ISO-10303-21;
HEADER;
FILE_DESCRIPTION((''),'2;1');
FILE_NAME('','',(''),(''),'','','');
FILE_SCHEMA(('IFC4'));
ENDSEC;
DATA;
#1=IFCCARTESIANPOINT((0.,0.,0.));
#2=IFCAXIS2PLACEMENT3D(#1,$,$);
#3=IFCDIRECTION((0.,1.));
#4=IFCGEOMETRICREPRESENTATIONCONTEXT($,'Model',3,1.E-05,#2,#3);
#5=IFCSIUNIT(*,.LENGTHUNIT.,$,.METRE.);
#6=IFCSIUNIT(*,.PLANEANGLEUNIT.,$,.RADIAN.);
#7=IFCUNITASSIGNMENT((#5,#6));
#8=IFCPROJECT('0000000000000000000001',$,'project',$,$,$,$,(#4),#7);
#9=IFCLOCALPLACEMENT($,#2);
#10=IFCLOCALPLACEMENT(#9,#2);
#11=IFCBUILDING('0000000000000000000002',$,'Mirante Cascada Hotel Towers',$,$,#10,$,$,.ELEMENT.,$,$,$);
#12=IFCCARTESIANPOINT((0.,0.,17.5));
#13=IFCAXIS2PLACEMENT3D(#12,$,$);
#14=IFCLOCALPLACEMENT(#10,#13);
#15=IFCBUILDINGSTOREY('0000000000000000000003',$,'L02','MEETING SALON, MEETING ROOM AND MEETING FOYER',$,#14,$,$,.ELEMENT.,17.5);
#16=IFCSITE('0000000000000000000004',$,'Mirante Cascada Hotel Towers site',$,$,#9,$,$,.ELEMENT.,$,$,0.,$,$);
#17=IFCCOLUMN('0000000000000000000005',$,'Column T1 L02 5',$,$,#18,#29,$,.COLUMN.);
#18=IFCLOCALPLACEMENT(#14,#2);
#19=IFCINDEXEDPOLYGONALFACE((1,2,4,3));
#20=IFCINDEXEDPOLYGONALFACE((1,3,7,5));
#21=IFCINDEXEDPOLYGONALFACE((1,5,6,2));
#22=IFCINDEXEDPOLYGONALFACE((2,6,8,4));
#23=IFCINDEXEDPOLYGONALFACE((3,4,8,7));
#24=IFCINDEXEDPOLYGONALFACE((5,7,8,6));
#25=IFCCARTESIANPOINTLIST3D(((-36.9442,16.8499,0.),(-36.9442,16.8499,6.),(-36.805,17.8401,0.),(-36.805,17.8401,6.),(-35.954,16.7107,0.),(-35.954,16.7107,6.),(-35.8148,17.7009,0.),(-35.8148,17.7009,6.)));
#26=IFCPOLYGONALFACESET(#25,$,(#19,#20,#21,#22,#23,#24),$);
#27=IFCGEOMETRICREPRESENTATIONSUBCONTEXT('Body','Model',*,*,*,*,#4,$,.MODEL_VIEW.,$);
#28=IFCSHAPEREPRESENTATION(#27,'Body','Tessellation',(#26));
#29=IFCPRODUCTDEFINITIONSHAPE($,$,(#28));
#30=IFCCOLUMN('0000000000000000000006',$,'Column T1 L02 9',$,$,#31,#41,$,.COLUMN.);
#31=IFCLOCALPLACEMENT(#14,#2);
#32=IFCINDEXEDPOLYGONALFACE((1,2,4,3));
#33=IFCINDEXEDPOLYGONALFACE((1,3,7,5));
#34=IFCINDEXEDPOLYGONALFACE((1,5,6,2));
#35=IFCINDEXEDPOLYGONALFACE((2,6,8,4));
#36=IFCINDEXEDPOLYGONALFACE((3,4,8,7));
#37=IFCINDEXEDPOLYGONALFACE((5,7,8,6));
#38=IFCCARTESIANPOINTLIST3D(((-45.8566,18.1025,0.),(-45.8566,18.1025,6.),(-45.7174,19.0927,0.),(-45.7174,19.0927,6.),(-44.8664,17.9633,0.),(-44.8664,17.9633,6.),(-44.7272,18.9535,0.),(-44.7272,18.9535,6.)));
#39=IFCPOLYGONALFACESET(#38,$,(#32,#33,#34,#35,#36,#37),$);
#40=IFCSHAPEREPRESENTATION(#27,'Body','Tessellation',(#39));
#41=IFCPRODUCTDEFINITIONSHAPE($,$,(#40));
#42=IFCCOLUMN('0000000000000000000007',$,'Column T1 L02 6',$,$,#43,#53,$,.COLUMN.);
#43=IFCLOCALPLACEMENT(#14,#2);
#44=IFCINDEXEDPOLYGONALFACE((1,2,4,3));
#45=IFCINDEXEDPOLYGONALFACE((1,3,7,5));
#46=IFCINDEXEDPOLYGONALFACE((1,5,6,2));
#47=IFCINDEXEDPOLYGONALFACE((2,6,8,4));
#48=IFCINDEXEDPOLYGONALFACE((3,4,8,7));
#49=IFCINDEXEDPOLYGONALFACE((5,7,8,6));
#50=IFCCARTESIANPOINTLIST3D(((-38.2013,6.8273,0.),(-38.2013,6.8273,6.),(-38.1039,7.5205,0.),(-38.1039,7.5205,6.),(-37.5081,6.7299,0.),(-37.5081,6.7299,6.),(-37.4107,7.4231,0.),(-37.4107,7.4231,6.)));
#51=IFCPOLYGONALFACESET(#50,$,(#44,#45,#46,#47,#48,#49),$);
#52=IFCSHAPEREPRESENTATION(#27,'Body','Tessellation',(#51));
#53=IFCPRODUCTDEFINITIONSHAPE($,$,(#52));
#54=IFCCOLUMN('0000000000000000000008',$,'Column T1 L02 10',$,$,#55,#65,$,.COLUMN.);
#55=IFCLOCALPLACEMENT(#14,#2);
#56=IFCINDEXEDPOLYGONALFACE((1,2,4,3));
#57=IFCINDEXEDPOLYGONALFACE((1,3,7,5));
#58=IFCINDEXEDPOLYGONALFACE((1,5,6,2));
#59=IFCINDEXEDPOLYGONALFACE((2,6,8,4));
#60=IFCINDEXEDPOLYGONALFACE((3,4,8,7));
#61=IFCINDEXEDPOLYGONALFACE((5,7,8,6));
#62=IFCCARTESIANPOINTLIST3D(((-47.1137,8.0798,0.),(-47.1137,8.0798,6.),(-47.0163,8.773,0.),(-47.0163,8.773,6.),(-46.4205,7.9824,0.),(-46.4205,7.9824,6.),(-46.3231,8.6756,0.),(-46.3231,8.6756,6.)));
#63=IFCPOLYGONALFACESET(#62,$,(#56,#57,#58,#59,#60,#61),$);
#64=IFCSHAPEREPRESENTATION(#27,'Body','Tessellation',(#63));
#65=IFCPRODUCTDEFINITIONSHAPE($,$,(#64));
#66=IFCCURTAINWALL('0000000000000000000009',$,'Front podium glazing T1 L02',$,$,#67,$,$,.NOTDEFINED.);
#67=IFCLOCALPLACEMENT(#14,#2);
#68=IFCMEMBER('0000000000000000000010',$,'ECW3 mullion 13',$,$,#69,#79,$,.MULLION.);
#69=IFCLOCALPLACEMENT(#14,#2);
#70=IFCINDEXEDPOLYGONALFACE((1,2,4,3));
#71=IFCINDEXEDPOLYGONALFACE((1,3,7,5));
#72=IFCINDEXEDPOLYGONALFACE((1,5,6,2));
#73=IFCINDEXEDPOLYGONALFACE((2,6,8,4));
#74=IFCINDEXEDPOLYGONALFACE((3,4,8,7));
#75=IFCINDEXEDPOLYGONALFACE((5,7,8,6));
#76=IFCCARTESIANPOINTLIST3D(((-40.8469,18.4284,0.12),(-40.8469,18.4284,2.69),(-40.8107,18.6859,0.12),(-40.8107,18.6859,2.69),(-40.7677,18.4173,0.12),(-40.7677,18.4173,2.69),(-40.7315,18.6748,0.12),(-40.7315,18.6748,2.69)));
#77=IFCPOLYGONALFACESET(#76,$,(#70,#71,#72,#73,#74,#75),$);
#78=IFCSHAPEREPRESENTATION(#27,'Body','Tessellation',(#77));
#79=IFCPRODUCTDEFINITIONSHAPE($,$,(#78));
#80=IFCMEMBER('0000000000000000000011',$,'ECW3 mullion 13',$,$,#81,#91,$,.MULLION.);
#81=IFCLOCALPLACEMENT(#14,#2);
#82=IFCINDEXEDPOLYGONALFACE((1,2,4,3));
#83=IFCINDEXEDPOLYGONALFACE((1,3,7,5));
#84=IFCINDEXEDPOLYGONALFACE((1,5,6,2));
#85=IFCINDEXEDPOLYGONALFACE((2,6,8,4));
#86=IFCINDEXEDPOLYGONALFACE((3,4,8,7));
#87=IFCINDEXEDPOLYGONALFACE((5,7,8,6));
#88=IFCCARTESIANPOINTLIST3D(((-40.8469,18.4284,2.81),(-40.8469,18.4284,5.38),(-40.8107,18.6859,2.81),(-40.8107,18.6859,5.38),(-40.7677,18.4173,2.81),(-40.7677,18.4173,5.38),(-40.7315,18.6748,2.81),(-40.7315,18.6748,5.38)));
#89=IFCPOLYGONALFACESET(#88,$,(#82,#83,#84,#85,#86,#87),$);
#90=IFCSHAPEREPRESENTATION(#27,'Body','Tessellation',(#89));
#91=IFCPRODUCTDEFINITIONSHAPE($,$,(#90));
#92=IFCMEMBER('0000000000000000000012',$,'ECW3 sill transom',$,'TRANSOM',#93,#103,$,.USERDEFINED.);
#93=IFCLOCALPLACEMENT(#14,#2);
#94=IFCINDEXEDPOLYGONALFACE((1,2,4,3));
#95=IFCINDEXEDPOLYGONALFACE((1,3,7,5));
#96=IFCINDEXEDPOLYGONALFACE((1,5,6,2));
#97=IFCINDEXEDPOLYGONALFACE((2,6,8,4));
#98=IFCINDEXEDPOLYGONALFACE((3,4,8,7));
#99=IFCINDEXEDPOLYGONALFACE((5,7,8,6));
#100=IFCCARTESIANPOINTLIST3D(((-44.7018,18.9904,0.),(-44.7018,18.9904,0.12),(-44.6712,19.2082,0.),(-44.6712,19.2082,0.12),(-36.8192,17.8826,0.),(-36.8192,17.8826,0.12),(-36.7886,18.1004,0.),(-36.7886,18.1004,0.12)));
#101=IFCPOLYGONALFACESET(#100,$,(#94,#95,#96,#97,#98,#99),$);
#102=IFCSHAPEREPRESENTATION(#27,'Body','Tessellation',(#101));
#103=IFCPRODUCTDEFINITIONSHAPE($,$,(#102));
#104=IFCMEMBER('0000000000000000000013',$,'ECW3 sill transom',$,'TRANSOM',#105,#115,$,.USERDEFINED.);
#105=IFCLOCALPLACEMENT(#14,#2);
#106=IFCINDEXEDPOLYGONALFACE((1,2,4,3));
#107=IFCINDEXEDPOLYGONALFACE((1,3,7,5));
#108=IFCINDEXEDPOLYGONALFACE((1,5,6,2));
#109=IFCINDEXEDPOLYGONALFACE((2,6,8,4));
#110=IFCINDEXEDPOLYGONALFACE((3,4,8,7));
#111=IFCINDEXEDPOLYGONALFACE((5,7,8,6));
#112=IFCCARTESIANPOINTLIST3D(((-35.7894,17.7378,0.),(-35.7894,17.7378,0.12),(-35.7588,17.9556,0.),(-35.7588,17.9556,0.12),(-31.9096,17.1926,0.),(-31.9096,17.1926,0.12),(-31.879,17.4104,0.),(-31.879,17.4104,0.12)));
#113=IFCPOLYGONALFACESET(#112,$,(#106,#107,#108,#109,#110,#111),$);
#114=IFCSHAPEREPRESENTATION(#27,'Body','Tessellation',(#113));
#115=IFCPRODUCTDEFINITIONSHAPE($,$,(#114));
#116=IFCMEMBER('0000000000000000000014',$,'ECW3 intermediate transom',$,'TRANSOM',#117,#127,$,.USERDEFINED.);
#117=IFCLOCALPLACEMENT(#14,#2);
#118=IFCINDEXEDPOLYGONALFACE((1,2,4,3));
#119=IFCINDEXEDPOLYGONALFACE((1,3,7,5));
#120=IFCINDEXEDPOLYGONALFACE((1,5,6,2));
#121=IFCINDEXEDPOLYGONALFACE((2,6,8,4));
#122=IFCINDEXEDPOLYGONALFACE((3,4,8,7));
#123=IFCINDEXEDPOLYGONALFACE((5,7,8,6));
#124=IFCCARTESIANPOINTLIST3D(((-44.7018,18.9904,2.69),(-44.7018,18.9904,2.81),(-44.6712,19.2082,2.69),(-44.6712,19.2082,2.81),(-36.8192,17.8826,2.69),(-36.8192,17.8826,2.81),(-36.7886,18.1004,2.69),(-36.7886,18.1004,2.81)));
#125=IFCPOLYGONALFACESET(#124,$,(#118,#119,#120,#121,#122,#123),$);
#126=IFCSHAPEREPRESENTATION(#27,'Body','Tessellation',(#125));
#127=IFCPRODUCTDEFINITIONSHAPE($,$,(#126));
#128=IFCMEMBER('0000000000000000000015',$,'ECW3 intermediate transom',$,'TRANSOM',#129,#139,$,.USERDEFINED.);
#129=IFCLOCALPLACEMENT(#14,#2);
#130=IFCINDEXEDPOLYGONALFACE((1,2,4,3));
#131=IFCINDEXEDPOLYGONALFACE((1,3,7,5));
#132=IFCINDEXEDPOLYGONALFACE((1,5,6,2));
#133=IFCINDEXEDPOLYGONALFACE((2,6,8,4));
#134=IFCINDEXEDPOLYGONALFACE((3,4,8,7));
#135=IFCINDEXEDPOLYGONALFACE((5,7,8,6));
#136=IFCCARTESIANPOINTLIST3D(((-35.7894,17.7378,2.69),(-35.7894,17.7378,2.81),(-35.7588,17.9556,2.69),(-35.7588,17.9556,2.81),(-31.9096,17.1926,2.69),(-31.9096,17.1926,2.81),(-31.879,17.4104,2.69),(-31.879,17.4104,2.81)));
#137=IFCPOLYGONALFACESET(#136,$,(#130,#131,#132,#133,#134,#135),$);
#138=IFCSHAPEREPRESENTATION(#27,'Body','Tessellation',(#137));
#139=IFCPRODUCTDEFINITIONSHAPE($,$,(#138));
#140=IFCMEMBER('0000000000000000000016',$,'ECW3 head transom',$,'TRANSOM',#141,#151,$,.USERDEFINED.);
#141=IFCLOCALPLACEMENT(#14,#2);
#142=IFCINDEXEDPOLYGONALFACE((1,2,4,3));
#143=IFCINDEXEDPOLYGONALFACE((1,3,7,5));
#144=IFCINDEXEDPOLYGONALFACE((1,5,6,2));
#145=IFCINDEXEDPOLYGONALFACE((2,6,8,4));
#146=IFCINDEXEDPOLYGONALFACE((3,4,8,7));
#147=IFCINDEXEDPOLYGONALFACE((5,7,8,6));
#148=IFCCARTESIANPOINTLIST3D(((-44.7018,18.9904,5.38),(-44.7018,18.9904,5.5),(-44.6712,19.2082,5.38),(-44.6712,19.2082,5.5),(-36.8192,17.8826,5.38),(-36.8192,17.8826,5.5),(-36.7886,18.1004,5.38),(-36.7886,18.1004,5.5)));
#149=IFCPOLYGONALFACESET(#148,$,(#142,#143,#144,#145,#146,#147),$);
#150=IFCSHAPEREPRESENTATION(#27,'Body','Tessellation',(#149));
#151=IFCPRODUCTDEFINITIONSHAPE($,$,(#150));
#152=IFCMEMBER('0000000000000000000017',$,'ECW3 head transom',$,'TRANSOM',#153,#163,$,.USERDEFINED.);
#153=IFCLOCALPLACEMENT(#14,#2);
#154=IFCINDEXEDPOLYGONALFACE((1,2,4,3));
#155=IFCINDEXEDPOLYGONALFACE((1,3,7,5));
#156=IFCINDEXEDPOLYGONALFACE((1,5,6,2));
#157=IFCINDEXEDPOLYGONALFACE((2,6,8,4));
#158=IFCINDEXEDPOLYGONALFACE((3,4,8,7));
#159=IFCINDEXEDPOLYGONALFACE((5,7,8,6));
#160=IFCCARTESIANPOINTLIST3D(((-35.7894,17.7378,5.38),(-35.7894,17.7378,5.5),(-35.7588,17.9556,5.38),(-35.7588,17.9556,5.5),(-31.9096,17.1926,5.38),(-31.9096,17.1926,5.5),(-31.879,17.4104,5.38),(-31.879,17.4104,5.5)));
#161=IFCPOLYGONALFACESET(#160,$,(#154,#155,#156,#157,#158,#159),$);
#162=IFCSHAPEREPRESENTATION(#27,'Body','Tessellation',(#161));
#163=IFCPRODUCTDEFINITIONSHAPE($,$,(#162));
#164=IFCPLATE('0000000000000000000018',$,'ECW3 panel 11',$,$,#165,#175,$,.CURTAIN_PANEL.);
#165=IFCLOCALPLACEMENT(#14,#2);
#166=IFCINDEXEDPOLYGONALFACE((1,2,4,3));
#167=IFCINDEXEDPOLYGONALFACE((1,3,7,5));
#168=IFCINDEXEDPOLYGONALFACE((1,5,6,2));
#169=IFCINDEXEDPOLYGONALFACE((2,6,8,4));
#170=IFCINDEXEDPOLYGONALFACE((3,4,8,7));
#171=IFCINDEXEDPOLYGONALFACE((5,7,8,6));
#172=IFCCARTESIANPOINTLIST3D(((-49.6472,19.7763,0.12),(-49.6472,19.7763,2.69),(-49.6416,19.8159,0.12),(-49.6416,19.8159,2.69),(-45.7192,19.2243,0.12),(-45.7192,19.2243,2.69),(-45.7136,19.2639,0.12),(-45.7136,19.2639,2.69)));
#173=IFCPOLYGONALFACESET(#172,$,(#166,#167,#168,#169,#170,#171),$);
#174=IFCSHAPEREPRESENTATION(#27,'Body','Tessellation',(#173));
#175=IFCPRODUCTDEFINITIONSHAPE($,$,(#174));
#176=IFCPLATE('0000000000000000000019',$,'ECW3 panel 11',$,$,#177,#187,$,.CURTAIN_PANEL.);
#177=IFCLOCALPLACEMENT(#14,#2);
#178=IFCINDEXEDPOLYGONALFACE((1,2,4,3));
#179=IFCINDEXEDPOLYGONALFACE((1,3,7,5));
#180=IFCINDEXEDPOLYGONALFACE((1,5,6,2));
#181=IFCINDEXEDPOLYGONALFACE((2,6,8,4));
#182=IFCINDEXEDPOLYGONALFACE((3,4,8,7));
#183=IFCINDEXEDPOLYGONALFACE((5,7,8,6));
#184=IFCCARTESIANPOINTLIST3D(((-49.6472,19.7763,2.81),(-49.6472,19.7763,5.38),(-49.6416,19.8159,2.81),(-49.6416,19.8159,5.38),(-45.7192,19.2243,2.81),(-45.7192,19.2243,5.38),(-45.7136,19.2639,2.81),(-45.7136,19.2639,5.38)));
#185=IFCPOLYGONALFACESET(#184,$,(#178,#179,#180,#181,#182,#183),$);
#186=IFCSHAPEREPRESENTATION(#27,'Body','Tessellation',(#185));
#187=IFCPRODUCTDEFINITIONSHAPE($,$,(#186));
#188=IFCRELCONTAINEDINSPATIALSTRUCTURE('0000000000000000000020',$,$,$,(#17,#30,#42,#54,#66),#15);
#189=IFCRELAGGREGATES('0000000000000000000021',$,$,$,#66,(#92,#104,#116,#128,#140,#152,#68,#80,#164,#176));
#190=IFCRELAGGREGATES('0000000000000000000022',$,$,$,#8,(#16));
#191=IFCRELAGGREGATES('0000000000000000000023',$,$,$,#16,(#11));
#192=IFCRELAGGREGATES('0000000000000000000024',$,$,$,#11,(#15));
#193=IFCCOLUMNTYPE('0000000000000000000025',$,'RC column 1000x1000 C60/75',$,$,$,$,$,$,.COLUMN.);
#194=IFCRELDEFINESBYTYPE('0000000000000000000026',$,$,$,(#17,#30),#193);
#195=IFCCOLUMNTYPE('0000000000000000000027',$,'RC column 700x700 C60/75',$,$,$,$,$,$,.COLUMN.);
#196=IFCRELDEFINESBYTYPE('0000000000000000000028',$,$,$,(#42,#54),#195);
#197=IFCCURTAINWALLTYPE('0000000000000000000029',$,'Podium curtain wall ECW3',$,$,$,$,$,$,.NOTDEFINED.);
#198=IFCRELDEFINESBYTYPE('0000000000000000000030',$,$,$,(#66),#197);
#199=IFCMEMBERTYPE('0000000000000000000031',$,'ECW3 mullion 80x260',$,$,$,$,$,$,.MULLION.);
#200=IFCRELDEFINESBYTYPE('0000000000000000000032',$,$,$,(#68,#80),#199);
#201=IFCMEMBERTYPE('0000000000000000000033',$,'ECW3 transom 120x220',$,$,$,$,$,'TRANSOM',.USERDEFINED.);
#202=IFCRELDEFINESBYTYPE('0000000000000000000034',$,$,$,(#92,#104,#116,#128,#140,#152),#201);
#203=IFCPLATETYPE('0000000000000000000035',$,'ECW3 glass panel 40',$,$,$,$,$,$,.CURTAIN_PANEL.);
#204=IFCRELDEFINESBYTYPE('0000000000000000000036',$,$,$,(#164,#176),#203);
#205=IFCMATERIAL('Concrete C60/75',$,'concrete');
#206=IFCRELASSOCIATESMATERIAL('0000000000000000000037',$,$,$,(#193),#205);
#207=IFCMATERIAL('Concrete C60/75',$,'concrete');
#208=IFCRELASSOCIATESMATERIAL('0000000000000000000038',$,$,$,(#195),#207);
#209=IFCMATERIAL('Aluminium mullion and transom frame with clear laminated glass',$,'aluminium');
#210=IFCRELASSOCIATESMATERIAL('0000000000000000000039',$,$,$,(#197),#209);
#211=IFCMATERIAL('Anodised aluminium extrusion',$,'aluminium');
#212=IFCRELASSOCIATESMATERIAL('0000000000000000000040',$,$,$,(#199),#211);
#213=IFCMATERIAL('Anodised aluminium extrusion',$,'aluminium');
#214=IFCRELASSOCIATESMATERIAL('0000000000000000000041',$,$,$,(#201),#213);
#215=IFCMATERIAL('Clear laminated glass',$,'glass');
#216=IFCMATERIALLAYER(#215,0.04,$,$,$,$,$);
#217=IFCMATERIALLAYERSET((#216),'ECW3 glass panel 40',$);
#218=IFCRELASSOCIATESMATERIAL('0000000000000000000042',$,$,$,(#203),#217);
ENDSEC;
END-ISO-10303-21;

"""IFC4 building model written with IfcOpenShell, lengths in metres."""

from ifc_helpers import new_model, si_unit, direction, frame, origin, origin_2d, place, context, subcontext, project, spatial, rectangle, extrude, material, layer, layer_set, material_profile, profile_set, type_object, element, aggregate, save


model = new_model("IFC4")

# Units and contexts
model_context = context("Model", 3, precision=1e-05, world=origin(), true_north=direction((0.0, 1.0)))
body_context = subcontext(model_context, "Body", "Model", "MODEL_VIEW")
ifc_project = project(units=[si_unit("LENGTHUNIT", "METRE"), si_unit("PLANEANGLEUNIT", "RADIAN")], contexts=[model_context])

# Site, building, storey
site_placement = place(None, origin())
site = spatial("IfcSite", under=ifc_project, at=site_placement, Name="Mirante Cascada Hotel Towers site", CompositionType="ELEMENT", RefElevation=0.0)
building_placement = place(site_placement, origin())
building = spatial("IfcBuilding", under=site, at=building_placement, Name="Mirante Cascada Hotel Towers", CompositionType="ELEMENT")
storey_placement = place(building_placement, frame((0.0, 0.0, 17.5)))
storey = spatial("IfcBuildingStorey", under=building, at=storey_placement, Name="L02", Description="MEETING SALON, MEETING ROOM AND MEETING FOYER", CompositionType="ELEMENT", Elevation=17.5)

# Columns
ifc_material_1 = material(Name="Concrete C60/75", Category="concrete")
ifc_material_profile_1 = material_profile(ifc_material_1, rectangle(XDim=1.0, YDim=1.0, at=origin_2d()), Name="RC column 1000x1000 C60/75")
ifc_profile_set_1 = profile_set([ifc_material_profile_1], Name="Concrete C60/75")
column_type_1 = type_object("IfcColumnType", Name="RC column 1000x1000 C60/75", PredefinedType="COLUMN", material=ifc_profile_set_1)
for number, where, z_axis, x_axis, name in (
    (1, (-36.3795, 17.2754, 0.0), (0.0, 0.0, 1.0), (-0.990268, 0.139173, 0.0), "Column T1 L02 5"),
    (2, (-45.2919, 18.528, 0.0), (0.0, 0.0, 1.0), (-0.990268, 0.139173, 0.0), "Column T1 L02 9"),
):
    element("IfcColumn", number, at=place(storey_placement, frame(where, z_axis=z_axis, x_axis=x_axis)), inside=storey, type_object=column_type_1, Name=name, PredefinedType="COLUMN", context=body_context, shape_type="SweptSolid", body=[
        extrude(rectangle(XDim=1.0, YDim=1.0, at=origin_2d()), origin(), (0.0, 0.0, 1.0), 6.0),
    ])
ifc_material_2 = material(Name="Concrete C60/75", Category="concrete")
ifc_material_profile_2 = material_profile(ifc_material_2, rectangle(XDim=0.7, YDim=0.7, at=origin_2d()), Name="RC column 700x700 C60/75")
ifc_profile_set_2 = profile_set([ifc_material_profile_2], Name="Concrete C60/75")
column_type_2 = type_object("IfcColumnType", Name="RC column 700x700 C60/75", PredefinedType="COLUMN", material=ifc_profile_set_2)
for number, where, z_axis, x_axis, name in (
    (3, (-37.806, 7.1252, 0.0), (0.0, 0.0, 1.0), (-0.990268, 0.139173, 0.0), "Column T1 L02 6"),
    (4, (-46.7184, 8.3777, 0.0), (0.0, 0.0, 1.0), (-0.990268, 0.139173, 0.0), "Column T1 L02 10"),
):
    element("IfcColumn", number, at=place(storey_placement, frame(where, z_axis=z_axis, x_axis=x_axis)), inside=storey, type_object=column_type_2, Name=name, PredefinedType="COLUMN", context=body_context, shape_type="SweptSolid", body=[
        extrude(rectangle(XDim=0.7, YDim=0.7, at=origin_2d()), origin(), (0.0, 0.0, 1.0), 6.0),
    ])

# Curtain wall, members, plates
ifc_material_3 = material(Name="Aluminium mullion and transom frame with clear laminated glass", Category="aluminium")
curtain_wall_type = type_object("IfcCurtainWallType", Name="Podium curtain wall ECW3", PredefinedType="NOTDEFINED", material=ifc_material_3)
curtain_wall_placement = place(storey_placement, origin())
curtain_wall = element("IfcCurtainWall", 5, at=curtain_wall_placement, inside=storey, type_object=curtain_wall_type, Name="Front podium glazing T1 L02", PredefinedType="NOTDEFINED")
ifc_material_4 = material(Name="Anodised aluminium extrusion", Category="aluminium")
ifc_material_profile_3 = material_profile(ifc_material_4, rectangle(XDim=0.26, YDim=0.08, at=origin_2d()), Name="ECW3 MULLION 80x260")
ifc_profile_set_3 = profile_set([ifc_material_profile_3], Name="Anodised aluminium extrusion")
member_type_1 = type_object("IfcMemberType", Name="ECW3 mullion 80x260", PredefinedType="MULLION", material=ifc_profile_set_3)
member_1_placement = place(storey_placement, frame((-40.7892, 18.5516, 0.12), z_axis=(0.0, 0.0, 1.0), x_axis=(0.139173, 0.990268, 0.0)))
member_1 = element("IfcMember", 6, at=member_1_placement, type_object=member_type_1, Name="ECW3 mullion 13", PredefinedType="MULLION", context=body_context, shape_type="SweptSolid", body=[
    extrude(rectangle(XDim=0.26, YDim=0.08, at=origin_2d()), origin(), (0.0, 0.0, 1.0), 2.57),
])
member_2_placement = place(storey_placement, frame((-40.7892, 18.5516, 2.81), z_axis=(0.0, 0.0, 1.0), x_axis=(0.139173, 0.990268, 0.0)))
member_2 = element("IfcMember", 7, at=member_2_placement, type_object=member_type_1, Name="ECW3 mullion 13", PredefinedType="MULLION", context=body_context, shape_type="SweptSolid", body=[
    extrude(rectangle(XDim=0.26, YDim=0.08, at=origin_2d()), origin(), (0.0, 0.0, 1.0), 2.57),
])
ifc_material_5 = material(Name="Anodised aluminium extrusion", Category="aluminium")
ifc_material_profile_4 = material_profile(ifc_material_5, rectangle(XDim=0.22, YDim=0.12, at=origin_2d()), Name="ECW3 TRANSOM 120x220")
ifc_profile_set_4 = profile_set([ifc_material_profile_4], Name="Anodised aluminium extrusion")
member_type_2 = type_object("IfcMemberType", Name="ECW3 transom 120x220", ElementType="TRANSOM", PredefinedType="USERDEFINED", material=ifc_profile_set_4)
member_3_placement = place(storey_placement, frame((-44.6865, 19.0993, 0.06), z_axis=(0.990268, -0.13917, 0.0), x_axis=(0.13917, 0.990268, 0.0)))
member_3 = element("IfcMember", 8, at=member_3_placement, type_object=member_type_2, Name="ECW3 sill transom", ObjectType="TRANSOM", PredefinedType="USERDEFINED", context=body_context, shape_type="SweptSolid", body=[
    extrude(rectangle(XDim=0.22, YDim=0.12, at=origin_2d()), origin(), (0.0, 0.0, 1.0), 7.9601),
])
member_4_placement = place(storey_placement, frame((-35.7741, 17.8467, 0.06), z_axis=(0.990271, -0.139155, 0.0), x_axis=(0.139155, 0.990271, 0.0)))
member_4 = element("IfcMember", 9, at=member_4_placement, type_object=member_type_2, Name="ECW3 sill transom", ObjectType="TRANSOM", PredefinedType="USERDEFINED", context=body_context, shape_type="SweptSolid", body=[
    extrude(rectangle(XDim=0.22, YDim=0.12, at=origin_2d()), origin(), (0.0, 0.0, 1.0), 3.9179),
])
member_5_placement = place(storey_placement, frame((-44.6865, 19.0993, 2.75), z_axis=(0.990268, -0.13917, 0.0), x_axis=(0.13917, 0.990268, 0.0)))
member_5 = element("IfcMember", 10, at=member_5_placement, type_object=member_type_2, Name="ECW3 intermediate transom", ObjectType="TRANSOM", PredefinedType="USERDEFINED", context=body_context, shape_type="SweptSolid", body=[
    extrude(rectangle(XDim=0.22, YDim=0.12, at=origin_2d()), origin(), (0.0, 0.0, 1.0), 7.9601),
])
member_6_placement = place(storey_placement, frame((-35.7741, 17.8467, 2.75), z_axis=(0.990271, -0.139155, 0.0), x_axis=(0.139155, 0.990271, 0.0)))
member_6 = element("IfcMember", 11, at=member_6_placement, type_object=member_type_2, Name="ECW3 intermediate transom", ObjectType="TRANSOM", PredefinedType="USERDEFINED", context=body_context, shape_type="SweptSolid", body=[
    extrude(rectangle(XDim=0.22, YDim=0.12, at=origin_2d()), origin(), (0.0, 0.0, 1.0), 3.9179),
])
member_7_placement = place(storey_placement, frame((-44.6865, 19.0993, 5.44), z_axis=(0.990268, -0.13917, 0.0), x_axis=(0.13917, 0.990268, 0.0)))
member_7 = element("IfcMember", 12, at=member_7_placement, type_object=member_type_2, Name="ECW3 head transom", ObjectType="TRANSOM", PredefinedType="USERDEFINED", context=body_context, shape_type="SweptSolid", body=[
    extrude(rectangle(XDim=0.22, YDim=0.12, at=origin_2d()), origin(), (0.0, 0.0, 1.0), 7.9601),
])
member_8_placement = place(storey_placement, frame((-35.7741, 17.8467, 5.44), z_axis=(0.990271, -0.139155, 0.0), x_axis=(0.139155, 0.990271, 0.0)))
member_8 = element("IfcMember", 13, at=member_8_placement, type_object=member_type_2, Name="ECW3 head transom", ObjectType="TRANSOM", PredefinedType="USERDEFINED", context=body_context, shape_type="SweptSolid", body=[
    extrude(rectangle(XDim=0.22, YDim=0.12, at=origin_2d()), origin(), (0.0, 0.0, 1.0), 3.9179),
])
ifc_material_6 = material(Name="Clear laminated glass", Category="glass")
ifc_layer_1 = layer(ifc_material_6, 0.04)
ifc_layer_set_1 = layer_set([ifc_layer_1], Name="ECW3 glass panel 40")
plate_type = type_object("IfcPlateType", Name="ECW3 glass panel 40", PredefinedType="CURTAIN_PANEL", material=ifc_layer_set_1)
plate_1_placement = place(storey_placement, frame((-47.6804, 19.5201, 0.12), z_axis=(0.0, 0.0, 1.0), x_axis=(0.990268, -0.139173, 0.0)))
plate_1 = element("IfcPlate", 14, at=plate_1_placement, type_object=plate_type, Name="ECW3 panel 11", PredefinedType="CURTAIN_PANEL", context=body_context, shape_type="SweptSolid", body=[
    extrude(rectangle(XDim=3.9666, YDim=0.04, at=origin_2d()), origin(), (0.0, 0.0, 1.0), 2.57),
])
plate_2_placement = place(storey_placement, frame((-47.6804, 19.5201, 2.81), z_axis=(0.0, 0.0, 1.0), x_axis=(0.990268, -0.139173, 0.0)))
plate_2 = element("IfcPlate", 15, at=plate_2_placement, type_object=plate_type, Name="ECW3 panel 11", PredefinedType="CURTAIN_PANEL", context=body_context, shape_type="SweptSolid", body=[
    extrude(rectangle(XDim=3.9666, YDim=0.04, at=origin_2d()), origin(), (0.0, 0.0, 1.0), 2.57),
])
aggregate(curtain_wall, [member_3, member_4, member_5, member_6, member_7, member_8, member_1, member_2, plate_1, plate_2])

save(model, "model.ifc")
